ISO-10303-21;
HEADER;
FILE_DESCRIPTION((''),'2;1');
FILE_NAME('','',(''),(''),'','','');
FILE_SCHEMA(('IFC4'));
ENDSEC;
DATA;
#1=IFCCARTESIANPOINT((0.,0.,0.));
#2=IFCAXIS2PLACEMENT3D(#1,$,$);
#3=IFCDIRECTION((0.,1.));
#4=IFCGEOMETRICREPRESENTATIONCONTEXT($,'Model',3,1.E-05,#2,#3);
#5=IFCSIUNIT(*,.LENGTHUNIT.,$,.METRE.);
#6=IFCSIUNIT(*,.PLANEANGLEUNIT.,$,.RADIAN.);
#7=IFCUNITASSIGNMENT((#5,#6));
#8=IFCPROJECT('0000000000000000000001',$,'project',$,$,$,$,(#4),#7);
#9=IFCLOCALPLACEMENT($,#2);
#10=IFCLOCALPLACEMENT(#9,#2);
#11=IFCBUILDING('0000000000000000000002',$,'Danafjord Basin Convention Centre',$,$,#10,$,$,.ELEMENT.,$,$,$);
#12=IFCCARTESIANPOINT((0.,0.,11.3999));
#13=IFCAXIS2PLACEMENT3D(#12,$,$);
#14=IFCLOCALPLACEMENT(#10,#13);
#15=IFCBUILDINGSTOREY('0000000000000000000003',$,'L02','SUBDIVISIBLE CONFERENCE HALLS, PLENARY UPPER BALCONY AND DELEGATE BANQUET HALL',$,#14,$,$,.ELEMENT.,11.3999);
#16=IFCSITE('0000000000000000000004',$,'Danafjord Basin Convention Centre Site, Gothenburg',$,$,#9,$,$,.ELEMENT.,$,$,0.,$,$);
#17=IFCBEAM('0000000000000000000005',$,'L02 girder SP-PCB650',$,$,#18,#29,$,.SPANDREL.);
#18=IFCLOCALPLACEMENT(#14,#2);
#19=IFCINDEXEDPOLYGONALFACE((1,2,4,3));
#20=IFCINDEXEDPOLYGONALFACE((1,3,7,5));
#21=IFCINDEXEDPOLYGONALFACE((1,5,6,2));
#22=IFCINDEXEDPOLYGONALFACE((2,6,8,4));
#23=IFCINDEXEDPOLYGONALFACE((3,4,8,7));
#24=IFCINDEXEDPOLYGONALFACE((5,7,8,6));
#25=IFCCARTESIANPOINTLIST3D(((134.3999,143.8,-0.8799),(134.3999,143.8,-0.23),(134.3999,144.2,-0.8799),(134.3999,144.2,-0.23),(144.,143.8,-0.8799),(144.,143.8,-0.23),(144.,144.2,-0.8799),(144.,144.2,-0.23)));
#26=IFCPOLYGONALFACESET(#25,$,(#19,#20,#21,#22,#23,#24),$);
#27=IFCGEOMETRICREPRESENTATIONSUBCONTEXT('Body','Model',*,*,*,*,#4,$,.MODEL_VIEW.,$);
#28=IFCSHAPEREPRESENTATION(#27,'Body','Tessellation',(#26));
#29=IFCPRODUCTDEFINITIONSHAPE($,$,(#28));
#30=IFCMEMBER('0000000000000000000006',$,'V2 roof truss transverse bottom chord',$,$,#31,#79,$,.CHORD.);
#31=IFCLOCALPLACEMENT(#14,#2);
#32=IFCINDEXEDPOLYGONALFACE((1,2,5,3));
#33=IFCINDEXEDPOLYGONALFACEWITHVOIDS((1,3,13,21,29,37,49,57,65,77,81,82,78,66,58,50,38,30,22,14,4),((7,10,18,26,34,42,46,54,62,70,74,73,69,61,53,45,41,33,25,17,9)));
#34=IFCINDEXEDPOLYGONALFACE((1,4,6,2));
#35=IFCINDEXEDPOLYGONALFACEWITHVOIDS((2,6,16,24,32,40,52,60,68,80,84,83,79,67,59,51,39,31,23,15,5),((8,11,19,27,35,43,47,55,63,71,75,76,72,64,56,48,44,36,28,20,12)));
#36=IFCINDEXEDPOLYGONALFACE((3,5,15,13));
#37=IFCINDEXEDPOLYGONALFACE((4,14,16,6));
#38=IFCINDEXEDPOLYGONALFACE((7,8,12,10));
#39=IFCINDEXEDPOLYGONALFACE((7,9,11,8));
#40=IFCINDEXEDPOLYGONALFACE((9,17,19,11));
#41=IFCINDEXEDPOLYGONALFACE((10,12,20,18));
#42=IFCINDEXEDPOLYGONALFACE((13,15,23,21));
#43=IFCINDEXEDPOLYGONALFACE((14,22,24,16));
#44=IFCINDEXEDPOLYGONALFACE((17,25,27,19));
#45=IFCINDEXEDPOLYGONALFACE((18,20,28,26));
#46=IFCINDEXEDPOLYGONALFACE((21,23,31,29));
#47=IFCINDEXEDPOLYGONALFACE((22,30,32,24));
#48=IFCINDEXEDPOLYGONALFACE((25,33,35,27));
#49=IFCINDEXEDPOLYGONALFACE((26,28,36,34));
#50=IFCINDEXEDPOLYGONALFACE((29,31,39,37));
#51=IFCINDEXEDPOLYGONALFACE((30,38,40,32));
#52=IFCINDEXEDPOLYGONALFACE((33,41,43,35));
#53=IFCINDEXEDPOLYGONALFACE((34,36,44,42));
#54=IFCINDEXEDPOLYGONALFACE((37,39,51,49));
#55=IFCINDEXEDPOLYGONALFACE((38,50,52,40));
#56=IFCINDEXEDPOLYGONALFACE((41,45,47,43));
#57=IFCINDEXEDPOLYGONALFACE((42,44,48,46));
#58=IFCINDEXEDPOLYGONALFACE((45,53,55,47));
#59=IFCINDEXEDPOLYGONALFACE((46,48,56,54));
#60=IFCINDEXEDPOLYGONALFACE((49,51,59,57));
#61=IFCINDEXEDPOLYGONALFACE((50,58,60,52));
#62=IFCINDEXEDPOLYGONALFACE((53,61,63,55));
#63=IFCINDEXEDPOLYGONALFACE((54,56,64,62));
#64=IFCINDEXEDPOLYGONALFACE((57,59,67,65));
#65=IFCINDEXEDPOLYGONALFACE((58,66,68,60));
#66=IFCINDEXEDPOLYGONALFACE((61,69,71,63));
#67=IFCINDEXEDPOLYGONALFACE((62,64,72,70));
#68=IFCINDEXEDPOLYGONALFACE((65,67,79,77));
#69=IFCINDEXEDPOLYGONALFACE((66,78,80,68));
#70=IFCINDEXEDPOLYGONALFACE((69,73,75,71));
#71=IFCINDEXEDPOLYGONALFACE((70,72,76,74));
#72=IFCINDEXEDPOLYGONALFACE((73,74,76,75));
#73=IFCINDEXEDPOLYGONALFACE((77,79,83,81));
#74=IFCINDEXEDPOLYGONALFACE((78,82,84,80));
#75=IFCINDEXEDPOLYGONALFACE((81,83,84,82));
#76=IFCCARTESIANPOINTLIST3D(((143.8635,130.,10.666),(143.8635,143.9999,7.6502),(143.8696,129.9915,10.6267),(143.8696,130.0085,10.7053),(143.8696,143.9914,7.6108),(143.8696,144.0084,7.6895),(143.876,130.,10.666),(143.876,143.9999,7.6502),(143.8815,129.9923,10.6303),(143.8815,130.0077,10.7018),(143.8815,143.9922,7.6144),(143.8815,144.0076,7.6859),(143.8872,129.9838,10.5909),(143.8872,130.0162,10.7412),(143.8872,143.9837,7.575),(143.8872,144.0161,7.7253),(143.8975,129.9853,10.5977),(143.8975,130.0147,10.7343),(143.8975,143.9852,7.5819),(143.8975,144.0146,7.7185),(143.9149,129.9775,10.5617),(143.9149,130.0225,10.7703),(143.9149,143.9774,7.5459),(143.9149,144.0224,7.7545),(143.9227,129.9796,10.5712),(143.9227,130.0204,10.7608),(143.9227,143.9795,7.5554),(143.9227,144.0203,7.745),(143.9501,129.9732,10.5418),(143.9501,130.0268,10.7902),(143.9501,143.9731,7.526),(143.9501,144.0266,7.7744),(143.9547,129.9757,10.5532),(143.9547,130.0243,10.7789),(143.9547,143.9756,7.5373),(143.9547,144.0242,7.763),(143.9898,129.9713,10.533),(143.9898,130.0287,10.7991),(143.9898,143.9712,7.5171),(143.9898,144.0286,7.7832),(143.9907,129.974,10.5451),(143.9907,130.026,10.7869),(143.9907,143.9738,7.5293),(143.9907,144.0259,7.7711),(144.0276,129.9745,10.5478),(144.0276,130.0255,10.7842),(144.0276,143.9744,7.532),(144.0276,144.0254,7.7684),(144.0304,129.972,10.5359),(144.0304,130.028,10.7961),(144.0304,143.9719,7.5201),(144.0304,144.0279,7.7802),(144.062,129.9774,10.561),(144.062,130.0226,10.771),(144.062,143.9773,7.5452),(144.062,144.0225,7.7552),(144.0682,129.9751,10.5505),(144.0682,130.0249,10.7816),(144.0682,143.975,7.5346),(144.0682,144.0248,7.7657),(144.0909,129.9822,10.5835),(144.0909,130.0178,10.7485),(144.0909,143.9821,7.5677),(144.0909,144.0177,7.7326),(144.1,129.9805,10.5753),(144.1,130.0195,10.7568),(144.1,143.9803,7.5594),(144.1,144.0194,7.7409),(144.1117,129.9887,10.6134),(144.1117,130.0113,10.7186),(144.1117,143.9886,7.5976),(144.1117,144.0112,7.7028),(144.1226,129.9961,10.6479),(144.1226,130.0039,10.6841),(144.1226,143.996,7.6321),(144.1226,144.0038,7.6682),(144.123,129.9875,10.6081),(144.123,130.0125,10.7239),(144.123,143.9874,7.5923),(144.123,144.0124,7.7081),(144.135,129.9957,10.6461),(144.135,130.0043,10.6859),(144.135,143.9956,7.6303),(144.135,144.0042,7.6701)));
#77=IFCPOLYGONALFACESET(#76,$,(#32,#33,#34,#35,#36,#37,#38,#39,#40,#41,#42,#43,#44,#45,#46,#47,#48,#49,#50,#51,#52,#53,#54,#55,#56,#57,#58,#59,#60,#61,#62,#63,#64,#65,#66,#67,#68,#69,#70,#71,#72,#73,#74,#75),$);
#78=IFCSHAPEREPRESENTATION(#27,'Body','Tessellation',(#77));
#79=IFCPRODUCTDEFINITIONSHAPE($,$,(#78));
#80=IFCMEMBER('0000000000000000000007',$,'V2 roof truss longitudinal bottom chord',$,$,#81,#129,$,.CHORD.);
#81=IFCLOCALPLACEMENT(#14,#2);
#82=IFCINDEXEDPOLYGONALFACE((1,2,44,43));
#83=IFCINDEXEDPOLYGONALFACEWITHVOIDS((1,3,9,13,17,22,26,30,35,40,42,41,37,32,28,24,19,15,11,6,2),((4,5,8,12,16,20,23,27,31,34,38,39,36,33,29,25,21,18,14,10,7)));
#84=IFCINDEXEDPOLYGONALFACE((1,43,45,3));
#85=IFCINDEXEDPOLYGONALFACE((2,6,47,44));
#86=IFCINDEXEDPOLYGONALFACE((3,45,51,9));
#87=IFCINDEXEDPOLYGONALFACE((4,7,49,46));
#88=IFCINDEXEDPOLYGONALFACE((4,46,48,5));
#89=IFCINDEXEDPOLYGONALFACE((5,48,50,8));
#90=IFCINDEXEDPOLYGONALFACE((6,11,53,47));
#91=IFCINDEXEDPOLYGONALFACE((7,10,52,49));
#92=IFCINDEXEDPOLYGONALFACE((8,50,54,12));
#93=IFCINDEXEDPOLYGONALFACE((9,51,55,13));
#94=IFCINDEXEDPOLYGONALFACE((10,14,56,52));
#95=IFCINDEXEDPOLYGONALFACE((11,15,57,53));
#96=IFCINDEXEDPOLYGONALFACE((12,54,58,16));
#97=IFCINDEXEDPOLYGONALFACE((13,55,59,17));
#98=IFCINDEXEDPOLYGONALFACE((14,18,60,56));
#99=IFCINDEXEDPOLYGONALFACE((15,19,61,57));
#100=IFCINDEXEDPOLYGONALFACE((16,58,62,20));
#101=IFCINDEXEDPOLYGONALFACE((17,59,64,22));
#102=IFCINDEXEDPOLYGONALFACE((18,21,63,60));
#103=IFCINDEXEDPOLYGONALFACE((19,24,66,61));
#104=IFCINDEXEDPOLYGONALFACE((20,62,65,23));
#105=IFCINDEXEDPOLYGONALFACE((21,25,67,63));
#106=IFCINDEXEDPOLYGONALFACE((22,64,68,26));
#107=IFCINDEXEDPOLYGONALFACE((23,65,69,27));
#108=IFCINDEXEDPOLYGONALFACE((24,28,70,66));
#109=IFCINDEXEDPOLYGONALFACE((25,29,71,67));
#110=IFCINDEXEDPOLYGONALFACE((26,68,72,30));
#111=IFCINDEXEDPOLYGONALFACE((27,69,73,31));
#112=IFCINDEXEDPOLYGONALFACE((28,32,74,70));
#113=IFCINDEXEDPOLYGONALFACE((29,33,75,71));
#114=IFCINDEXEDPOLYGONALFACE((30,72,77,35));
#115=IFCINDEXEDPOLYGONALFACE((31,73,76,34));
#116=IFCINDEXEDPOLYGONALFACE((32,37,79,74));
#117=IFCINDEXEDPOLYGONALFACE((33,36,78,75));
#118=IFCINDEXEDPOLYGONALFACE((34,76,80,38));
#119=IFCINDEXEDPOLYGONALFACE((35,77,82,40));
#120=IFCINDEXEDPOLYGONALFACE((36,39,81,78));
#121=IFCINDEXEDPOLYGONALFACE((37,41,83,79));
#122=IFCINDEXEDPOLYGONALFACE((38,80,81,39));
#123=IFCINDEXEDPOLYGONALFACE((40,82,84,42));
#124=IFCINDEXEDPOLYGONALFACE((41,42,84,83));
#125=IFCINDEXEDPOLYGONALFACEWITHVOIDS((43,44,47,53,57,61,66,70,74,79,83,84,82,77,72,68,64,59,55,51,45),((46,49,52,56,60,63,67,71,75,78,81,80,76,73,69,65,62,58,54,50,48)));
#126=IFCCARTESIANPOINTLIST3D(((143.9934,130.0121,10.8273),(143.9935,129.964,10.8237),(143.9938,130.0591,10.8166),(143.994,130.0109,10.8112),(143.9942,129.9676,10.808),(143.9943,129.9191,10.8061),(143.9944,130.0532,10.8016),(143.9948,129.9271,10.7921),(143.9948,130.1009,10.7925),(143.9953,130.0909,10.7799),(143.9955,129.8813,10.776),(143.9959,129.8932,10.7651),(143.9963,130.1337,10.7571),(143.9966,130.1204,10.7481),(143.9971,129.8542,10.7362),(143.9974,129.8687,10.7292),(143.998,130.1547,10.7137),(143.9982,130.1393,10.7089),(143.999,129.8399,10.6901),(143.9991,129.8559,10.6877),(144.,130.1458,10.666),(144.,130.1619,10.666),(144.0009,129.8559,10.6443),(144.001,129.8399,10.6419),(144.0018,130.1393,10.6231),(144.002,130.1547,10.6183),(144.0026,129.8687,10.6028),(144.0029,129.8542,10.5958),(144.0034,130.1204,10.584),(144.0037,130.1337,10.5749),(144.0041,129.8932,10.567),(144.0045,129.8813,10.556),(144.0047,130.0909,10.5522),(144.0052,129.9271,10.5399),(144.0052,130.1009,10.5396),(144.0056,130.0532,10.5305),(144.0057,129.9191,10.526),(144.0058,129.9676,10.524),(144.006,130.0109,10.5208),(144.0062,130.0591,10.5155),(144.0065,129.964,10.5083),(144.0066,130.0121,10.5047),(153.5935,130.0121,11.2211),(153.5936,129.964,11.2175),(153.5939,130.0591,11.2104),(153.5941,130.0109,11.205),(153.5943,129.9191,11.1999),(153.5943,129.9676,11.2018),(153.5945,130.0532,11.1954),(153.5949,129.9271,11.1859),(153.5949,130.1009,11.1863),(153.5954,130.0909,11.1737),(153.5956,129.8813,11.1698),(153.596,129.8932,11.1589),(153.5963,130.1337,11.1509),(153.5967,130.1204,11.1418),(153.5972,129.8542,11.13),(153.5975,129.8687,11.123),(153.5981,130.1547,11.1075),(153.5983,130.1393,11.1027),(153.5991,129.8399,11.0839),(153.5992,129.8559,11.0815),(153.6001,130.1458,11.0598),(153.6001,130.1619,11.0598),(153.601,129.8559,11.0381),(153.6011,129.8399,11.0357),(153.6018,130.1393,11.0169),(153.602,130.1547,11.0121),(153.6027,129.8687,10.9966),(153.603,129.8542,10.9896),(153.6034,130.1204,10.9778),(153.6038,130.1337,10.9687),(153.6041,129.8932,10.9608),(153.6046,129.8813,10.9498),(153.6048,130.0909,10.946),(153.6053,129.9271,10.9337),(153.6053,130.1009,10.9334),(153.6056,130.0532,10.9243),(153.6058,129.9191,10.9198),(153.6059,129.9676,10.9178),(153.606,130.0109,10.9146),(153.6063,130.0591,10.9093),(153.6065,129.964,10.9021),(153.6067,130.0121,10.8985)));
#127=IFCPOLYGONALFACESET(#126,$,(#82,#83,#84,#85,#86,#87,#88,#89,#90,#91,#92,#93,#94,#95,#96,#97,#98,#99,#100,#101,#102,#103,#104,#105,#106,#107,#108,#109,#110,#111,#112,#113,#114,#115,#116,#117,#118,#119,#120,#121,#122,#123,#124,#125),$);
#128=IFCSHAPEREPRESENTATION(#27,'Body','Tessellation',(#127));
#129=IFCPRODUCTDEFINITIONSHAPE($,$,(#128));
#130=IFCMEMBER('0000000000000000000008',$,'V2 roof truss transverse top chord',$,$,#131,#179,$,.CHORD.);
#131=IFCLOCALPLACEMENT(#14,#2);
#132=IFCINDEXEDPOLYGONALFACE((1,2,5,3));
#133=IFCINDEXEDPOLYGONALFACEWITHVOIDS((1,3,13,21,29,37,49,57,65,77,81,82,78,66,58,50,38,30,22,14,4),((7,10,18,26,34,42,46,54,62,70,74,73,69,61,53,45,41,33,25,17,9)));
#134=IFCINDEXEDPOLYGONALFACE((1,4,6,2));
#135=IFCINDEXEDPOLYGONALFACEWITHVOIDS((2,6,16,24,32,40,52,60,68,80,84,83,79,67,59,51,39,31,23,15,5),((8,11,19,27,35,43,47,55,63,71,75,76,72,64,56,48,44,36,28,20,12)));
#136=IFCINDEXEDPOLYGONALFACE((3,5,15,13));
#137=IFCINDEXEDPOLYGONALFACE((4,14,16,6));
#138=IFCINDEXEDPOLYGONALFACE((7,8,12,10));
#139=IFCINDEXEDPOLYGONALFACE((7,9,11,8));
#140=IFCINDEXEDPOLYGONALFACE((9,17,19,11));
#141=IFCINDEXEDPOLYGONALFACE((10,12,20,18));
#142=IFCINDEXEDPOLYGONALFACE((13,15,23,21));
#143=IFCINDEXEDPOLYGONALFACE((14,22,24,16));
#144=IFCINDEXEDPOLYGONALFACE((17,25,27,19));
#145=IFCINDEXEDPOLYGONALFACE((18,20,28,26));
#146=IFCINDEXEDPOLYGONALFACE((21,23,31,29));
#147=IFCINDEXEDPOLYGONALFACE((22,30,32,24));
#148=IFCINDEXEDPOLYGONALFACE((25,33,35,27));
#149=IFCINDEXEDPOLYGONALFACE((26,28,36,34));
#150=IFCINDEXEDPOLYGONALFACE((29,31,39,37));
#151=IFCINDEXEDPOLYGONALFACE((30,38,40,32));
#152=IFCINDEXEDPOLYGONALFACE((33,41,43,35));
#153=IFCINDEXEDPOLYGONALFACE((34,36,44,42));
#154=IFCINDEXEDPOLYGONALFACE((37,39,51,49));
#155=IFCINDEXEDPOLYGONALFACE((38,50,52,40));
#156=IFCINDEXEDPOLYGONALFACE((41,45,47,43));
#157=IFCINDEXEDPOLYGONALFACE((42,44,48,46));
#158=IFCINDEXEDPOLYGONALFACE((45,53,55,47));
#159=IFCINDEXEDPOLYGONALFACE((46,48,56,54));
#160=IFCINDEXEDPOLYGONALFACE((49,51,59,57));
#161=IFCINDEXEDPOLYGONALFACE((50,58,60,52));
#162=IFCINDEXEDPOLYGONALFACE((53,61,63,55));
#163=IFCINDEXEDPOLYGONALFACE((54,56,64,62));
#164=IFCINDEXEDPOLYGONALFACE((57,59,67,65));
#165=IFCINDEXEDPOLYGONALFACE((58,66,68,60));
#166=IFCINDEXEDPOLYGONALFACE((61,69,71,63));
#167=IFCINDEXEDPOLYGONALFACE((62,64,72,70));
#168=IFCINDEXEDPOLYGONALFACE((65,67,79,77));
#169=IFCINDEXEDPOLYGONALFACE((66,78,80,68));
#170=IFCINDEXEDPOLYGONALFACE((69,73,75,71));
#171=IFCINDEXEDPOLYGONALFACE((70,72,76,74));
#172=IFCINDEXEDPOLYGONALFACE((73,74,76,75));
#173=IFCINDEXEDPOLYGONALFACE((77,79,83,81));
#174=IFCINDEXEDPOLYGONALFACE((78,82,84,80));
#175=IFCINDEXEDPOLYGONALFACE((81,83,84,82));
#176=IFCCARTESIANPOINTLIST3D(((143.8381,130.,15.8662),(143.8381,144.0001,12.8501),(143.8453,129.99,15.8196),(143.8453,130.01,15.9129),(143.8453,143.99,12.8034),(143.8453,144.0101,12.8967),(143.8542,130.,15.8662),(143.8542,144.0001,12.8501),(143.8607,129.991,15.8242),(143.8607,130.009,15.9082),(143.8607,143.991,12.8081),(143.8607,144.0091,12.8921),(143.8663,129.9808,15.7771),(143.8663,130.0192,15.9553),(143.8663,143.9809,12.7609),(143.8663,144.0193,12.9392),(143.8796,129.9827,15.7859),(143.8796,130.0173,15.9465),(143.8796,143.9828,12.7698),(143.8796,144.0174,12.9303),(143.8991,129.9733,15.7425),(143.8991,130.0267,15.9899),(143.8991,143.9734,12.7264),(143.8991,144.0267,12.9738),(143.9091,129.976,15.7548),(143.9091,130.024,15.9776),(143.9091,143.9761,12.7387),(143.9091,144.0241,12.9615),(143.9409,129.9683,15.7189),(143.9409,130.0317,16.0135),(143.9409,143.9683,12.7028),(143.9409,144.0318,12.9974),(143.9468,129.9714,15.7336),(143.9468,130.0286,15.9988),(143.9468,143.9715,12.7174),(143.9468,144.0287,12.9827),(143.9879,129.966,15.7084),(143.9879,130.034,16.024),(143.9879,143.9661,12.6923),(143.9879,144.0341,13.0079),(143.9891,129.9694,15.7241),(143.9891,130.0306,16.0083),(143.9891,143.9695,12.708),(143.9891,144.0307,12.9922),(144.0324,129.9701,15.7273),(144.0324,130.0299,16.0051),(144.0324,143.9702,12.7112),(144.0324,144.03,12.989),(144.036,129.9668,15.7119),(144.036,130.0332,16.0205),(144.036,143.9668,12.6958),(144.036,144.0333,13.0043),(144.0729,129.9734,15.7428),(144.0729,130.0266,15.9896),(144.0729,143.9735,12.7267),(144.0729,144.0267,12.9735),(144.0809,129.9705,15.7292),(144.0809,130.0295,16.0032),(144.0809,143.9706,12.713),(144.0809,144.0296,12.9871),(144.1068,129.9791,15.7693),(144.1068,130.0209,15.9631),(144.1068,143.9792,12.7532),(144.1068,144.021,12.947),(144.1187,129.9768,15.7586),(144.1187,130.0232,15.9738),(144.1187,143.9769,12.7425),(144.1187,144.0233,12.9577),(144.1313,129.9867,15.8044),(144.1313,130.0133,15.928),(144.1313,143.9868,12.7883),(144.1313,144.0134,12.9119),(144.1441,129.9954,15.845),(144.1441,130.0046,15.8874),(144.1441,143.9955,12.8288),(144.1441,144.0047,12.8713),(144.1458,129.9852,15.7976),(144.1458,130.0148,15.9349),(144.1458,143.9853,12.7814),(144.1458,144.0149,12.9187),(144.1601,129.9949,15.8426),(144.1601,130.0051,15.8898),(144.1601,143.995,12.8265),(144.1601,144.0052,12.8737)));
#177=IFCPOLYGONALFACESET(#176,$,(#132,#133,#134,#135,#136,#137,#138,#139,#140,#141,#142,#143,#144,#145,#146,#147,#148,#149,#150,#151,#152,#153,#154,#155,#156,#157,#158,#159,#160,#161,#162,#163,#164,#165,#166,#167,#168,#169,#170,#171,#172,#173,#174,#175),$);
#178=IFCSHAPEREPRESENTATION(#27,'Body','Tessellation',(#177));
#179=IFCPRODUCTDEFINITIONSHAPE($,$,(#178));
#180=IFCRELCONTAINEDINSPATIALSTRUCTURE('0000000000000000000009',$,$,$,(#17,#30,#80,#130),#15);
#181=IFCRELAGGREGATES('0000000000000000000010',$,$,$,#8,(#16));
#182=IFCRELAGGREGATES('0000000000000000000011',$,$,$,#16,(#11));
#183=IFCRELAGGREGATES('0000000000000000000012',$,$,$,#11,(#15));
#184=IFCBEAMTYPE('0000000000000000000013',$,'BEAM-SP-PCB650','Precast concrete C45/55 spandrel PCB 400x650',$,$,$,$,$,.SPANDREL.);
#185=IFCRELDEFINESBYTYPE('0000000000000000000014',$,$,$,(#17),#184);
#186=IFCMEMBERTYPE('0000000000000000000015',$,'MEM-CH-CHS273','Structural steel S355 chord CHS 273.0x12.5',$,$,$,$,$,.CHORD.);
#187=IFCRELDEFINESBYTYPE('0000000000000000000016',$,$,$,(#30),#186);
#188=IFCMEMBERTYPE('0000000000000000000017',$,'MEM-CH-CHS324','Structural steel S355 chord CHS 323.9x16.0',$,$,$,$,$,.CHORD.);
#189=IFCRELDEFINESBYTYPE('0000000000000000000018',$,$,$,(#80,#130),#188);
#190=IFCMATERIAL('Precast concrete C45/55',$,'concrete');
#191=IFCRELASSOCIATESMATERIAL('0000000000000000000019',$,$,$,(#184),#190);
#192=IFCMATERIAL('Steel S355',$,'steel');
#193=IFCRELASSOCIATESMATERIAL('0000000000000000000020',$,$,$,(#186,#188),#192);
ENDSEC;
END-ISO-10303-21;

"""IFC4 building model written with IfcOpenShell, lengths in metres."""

from ifc_helpers import new_model, si_unit, direction, frame, origin, origin_2d, place, context, subcontext, project, spatial, rectangle, hollow_circle, extrude, material, material_profile, profile_set, type_object, element, save


model = new_model("IFC4")

# Units and contexts
model_context = context("Model", 3, precision=1e-05, world=origin(), true_north=direction((0.0, 1.0)))
body_context = subcontext(model_context, "Body", "Model", "MODEL_VIEW")
ifc_project = project(units=[si_unit("LENGTHUNIT", "METRE"), si_unit("PLANEANGLEUNIT", "RADIAN")], contexts=[model_context])

# Site, building, storey
site_placement = place(None, origin())
site = spatial("IfcSite", under=ifc_project, at=site_placement, Name="Danafjord Basin Convention Centre Site, Gothenburg", CompositionType="ELEMENT", RefElevation=0.0)
building_placement = place(site_placement, origin())
building = spatial("IfcBuilding", under=site, at=building_placement, Name="Danafjord Basin Convention Centre", CompositionType="ELEMENT")
storey_placement = place(building_placement, frame((0.0, 0.0, 11.3999)))
storey = spatial("IfcBuildingStorey", under=building, at=storey_placement, Name="L02", Description="SUBDIVISIBLE CONFERENCE HALLS, PLENARY UPPER BALCONY AND DELEGATE BANQUET HALL", CompositionType="ELEMENT", Elevation=11.3999)

# Shared definitions
ifc_material_1 = material(Name="Steel S355", Category="steel")

# Beam
ifc_material_2 = material(Name="Precast concrete C45/55", Category="concrete")
ifc_material_profile_1 = material_profile(ifc_material_2, rectangle(XDim=0.3999, YDim=0.6499, at=origin_2d()), Name="PCB 400x650")
ifc_profile_set_1 = profile_set([ifc_material_profile_1], Name="Precast concrete C45/55")
beam_type_1 = type_object("IfcBeamType", Name="BEAM-SP-PCB650", Description="Precast concrete C45/55 spandrel PCB 400x650", PredefinedType="SPANDREL", material=ifc_profile_set_1)
beam_1_placement = place(storey_placement, frame((134.3999, 144.0, -0.5549), z_axis=(1.0, 0.0, 0.0), x_axis=(0.0, 1.0, 0.0)))
element("IfcBeam", 1, at=beam_1_placement, inside=storey, type_object=beam_type_1, Name="L02 girder SP-PCB650", PredefinedType="SPANDREL", context=body_context, shape_type="SweptSolid", body=[
    extrude(rectangle(XDim=0.3999, YDim=0.6499, at=origin_2d()), origin(), (0.0, 0.0, 1.0), 9.6001),
])

# Members
ifc_material_profile_2 = material_profile(ifc_material_1, hollow_circle(Radius=0.1365, WallThickness=0.0125, at=origin_2d()), Name="CHS 273.0x12.5")
ifc_profile_set_2 = profile_set([ifc_material_profile_2], Name="Steel S355")
member_type_1 = type_object("IfcMemberType", Name="MEM-CH-CHS273", Description="Structural steel S355 chord CHS 273.0x12.5", PredefinedType="CHORD", material=ifc_profile_set_2)
member_1_placement = place(storey_placement, frame((144.0, 130.0, 10.666), z_axis=(0.0, 0.977575, -0.210588), x_axis=(-1.0, 0.0, 0.0)))
element("IfcMember", 2, at=member_1_placement, inside=storey, type_object=member_type_1, Name="V2 roof truss transverse bottom chord", PredefinedType="CHORD", context=body_context, shape_type="SweptSolid", body=[
    extrude(hollow_circle(Radius=0.1365, WallThickness=0.0125, at=origin_2d()), origin(), (0.0, 0.0, 1.0), 14.321),
])
ifc_material_profile_3 = material_profile(ifc_material_1, hollow_circle(Radius=0.1619, WallThickness=0.0161, at=origin_2d()), Name="CHS 323.9x16.0")
ifc_profile_set_3 = profile_set([ifc_material_profile_3], Name="Steel S355")
member_type_2 = type_object("IfcMemberType", Name="MEM-CH-CHS324", Description="Structural steel S355 chord CHS 323.9x16.0", PredefinedType="CHORD", material=ifc_profile_set_3)
member_2_placement = place(storey_placement, frame((144.0, 130.0, 10.666), z_axis=(0.99916, 0.0, 0.040986), x_axis=(0.0, 1.0, 0.0)))
element("IfcMember", 3, at=member_2_placement, inside=storey, type_object=member_type_2, Name="V2 roof truss longitudinal bottom chord", PredefinedType="CHORD", context=body_context, shape_type="SweptSolid", body=[
    extrude(hollow_circle(Radius=0.1619, WallThickness=0.0161, at=origin_2d()), origin(), (0.0, 0.0, 1.0), 9.6082),
])
member_3_placement = place(storey_placement, frame((144.0, 130.0, 15.8662), z_axis=(0.0, 0.977571, -0.210605), x_axis=(-1.0, 0.0, 0.0)))
element("IfcMember", 4, at=member_3_placement, inside=storey, type_object=member_type_2, Name="V2 roof truss transverse top chord", PredefinedType="CHORD", context=body_context, shape_type="SweptSolid", body=[
    extrude(hollow_circle(Radius=0.1619, WallThickness=0.0161, at=origin_2d()), origin(), (0.0, 0.0, 1.0), 14.3213),
])

save(model, "model.ifc")
